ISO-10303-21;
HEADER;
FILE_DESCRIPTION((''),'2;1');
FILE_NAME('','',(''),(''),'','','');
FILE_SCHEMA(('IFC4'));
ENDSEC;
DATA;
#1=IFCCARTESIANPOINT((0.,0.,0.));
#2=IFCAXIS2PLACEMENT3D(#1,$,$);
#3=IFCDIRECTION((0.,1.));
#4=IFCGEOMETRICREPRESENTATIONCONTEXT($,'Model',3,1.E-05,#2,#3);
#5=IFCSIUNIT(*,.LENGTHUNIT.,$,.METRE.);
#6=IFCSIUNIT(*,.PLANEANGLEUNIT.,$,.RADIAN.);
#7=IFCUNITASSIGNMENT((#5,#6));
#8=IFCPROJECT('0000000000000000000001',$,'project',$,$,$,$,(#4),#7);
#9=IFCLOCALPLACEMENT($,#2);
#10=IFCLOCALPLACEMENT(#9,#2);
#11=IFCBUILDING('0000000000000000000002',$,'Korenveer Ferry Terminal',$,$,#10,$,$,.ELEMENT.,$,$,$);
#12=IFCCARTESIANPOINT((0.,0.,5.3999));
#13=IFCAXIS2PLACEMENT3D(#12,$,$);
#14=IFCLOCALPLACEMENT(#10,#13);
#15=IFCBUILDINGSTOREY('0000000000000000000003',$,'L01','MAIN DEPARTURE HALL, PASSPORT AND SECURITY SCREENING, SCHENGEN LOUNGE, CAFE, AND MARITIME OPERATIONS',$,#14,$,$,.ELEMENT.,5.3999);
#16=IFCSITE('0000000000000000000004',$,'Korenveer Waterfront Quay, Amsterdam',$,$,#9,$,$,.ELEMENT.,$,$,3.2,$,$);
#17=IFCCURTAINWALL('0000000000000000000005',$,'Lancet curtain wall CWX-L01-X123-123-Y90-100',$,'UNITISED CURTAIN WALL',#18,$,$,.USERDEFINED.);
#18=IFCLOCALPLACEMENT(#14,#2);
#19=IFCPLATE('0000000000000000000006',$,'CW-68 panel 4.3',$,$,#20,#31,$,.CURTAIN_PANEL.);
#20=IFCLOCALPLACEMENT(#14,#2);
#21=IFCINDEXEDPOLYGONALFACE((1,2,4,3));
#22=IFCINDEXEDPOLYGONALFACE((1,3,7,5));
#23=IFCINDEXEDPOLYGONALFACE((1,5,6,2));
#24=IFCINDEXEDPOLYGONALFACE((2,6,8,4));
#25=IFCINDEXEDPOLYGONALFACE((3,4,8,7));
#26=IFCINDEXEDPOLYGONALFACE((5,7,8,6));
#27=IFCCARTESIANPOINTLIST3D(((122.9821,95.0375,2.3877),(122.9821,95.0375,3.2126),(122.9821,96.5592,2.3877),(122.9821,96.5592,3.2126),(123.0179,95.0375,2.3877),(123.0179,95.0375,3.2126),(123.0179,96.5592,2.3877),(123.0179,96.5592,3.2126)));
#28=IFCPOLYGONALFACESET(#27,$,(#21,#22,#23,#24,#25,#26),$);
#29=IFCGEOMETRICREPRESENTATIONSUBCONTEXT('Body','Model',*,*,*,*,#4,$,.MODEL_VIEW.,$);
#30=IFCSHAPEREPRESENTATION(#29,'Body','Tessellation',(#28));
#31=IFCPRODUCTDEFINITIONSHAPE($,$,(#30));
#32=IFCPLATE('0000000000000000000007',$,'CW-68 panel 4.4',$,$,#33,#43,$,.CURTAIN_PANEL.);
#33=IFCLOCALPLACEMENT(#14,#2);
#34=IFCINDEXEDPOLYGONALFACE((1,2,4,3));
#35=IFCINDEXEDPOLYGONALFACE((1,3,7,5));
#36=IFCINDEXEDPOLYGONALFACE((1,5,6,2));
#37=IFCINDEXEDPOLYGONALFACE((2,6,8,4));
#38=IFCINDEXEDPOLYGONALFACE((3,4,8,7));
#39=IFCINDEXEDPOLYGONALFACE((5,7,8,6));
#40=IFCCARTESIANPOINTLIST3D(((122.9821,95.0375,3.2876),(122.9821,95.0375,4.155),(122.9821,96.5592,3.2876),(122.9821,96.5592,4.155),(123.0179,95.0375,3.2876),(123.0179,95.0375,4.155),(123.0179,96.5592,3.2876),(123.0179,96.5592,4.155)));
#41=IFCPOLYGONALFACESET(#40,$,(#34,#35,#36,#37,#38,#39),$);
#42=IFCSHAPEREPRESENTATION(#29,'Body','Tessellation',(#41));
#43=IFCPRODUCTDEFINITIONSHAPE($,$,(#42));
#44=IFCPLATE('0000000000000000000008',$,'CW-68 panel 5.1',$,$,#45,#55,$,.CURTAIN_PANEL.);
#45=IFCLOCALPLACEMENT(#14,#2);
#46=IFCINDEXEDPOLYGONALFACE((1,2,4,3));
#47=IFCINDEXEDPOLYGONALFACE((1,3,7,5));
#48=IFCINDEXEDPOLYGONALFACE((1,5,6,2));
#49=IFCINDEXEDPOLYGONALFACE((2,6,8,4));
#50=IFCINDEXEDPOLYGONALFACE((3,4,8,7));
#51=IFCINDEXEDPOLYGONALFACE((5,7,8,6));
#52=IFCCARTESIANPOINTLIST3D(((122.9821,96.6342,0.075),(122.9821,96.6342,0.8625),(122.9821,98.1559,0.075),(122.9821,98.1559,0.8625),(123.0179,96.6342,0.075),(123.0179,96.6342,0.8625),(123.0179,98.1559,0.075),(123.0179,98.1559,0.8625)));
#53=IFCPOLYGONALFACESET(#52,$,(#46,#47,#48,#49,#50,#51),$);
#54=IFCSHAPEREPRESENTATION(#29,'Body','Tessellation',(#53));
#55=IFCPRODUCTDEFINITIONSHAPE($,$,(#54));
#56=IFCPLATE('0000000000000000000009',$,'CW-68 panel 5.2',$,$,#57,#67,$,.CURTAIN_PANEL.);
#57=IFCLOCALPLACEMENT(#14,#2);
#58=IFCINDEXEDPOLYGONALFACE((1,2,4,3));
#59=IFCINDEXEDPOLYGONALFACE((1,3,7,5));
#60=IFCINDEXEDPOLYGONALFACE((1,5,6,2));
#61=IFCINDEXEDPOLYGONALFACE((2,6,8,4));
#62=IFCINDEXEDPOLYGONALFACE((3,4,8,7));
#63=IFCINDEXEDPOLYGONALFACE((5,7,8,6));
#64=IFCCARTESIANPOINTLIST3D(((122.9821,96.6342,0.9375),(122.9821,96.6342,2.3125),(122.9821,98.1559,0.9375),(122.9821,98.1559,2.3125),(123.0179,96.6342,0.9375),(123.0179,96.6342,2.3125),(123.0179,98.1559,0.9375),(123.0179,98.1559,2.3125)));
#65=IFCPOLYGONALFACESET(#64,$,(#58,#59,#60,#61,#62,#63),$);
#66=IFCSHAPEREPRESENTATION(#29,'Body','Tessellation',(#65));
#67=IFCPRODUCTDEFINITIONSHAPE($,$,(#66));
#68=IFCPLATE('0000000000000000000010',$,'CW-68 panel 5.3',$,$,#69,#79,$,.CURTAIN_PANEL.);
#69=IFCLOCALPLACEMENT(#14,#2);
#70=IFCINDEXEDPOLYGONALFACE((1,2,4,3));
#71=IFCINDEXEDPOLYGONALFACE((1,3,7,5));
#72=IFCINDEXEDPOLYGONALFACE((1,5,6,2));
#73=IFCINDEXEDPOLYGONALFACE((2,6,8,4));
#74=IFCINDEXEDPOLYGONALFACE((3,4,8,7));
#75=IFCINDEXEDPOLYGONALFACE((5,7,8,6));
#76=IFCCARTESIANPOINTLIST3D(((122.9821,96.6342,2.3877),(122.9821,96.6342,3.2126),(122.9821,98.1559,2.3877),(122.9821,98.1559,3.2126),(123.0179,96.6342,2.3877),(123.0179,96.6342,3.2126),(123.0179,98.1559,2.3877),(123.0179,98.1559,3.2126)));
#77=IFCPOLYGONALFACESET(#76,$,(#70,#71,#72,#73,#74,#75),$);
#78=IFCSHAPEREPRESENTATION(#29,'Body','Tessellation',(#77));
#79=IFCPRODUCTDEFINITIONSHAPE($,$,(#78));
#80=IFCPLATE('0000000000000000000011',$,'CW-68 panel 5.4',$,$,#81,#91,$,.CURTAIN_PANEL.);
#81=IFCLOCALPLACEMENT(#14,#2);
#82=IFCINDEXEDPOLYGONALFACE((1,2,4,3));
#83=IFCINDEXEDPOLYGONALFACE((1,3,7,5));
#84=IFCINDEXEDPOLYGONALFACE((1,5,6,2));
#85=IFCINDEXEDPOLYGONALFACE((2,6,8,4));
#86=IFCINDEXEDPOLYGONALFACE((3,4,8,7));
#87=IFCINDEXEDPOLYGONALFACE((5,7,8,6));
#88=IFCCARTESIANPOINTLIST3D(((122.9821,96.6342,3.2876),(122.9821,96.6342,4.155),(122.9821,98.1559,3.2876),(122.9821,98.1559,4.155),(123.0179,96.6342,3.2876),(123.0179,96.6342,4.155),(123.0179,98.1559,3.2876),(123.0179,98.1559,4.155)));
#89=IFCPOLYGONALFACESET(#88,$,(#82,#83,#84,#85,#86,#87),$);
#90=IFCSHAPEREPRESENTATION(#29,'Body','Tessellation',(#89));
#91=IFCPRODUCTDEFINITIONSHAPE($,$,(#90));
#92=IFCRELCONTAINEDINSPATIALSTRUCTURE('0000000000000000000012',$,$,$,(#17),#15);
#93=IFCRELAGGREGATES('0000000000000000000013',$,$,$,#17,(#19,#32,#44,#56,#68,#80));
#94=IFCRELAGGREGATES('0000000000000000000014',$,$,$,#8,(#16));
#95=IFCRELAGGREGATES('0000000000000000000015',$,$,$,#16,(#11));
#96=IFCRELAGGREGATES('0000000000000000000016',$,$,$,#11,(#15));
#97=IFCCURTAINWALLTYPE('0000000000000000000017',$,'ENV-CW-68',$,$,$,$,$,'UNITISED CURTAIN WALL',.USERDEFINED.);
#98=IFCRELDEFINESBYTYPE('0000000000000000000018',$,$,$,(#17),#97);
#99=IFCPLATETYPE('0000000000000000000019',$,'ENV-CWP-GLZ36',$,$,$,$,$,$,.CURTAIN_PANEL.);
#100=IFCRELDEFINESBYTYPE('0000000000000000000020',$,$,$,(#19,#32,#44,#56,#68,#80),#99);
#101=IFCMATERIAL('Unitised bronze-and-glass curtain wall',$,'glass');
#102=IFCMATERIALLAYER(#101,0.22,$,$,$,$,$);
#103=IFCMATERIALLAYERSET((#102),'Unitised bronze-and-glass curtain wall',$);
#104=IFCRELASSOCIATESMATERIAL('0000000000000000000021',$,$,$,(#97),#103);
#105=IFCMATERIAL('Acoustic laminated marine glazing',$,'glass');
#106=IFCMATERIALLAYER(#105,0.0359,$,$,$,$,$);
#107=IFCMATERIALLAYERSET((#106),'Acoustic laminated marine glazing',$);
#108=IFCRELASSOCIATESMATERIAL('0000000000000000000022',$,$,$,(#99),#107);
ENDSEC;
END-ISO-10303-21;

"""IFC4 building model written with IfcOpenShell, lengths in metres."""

from ifc_helpers import new_model, si_unit, direction, frame, origin, origin_2d, place, context, subcontext, project, spatial, rectangle, extrude, material, layer, layer_set, type_object, element, aggregate, save


model = new_model("IFC4")

# Units and contexts
model_context = context("Model", 3, precision=1e-05, world=origin(), true_north=direction((0.0, 1.0)))
body_context = subcontext(model_context, "Body", "Model", "MODEL_VIEW")
ifc_project = project(units=[si_unit("LENGTHUNIT", "METRE"), si_unit("PLANEANGLEUNIT", "RADIAN")], contexts=[model_context])

# Site, building, storey
site_placement = place(None, origin())
site = spatial("IfcSite", under=ifc_project, at=site_placement, Name="Korenveer Waterfront Quay, Amsterdam", CompositionType="ELEMENT", RefElevation=3.2)
building_placement = place(site_placement, origin())
building = spatial("IfcBuilding", under=site, at=building_placement, Name="Korenveer Ferry Terminal", CompositionType="ELEMENT")
storey_placement = place(building_placement, frame((0.0, 0.0, 5.3999)))
storey = spatial("IfcBuildingStorey", under=building, at=storey_placement, Name="L01", Description="MAIN DEPARTURE HALL, PASSPORT AND SECURITY SCREENING, SCHENGEN LOUNGE, CAFE, AND MARITIME OPERATIONS", CompositionType="ELEMENT", Elevation=5.3999)

# Curtain wall, plates
ifc_material_1 = material(Name="Unitised bronze-and-glass curtain wall", Category="glass")
ifc_layer_1 = layer(ifc_material_1, 0.22)
ifc_layer_set_1 = layer_set([ifc_layer_1], Name="Unitised bronze-and-glass curtain wall")
curtain_wall_type = type_object("IfcCurtainWallType", Name="ENV-CW-68", ElementType="UNITISED CURTAIN WALL", PredefinedType="USERDEFINED", material=ifc_layer_set_1)
curtain_wall_placement = place(storey_placement, frame((123.0, 90.21, 0.0)))
curtain_wall = element("IfcCurtainWall", 1, at=curtain_wall_placement, inside=storey, type_object=curtain_wall_type, Name="Lancet curtain wall CWX-L01-X123-123-Y90-100", ObjectType="UNITISED CURTAIN WALL", PredefinedType="USERDEFINED")
ifc_material_2 = material(Name="Acoustic laminated marine glazing", Category="glass")
ifc_layer_2 = layer(ifc_material_2, 0.0359)
ifc_layer_set_2 = layer_set([ifc_layer_2], Name="Acoustic laminated marine glazing")
plate_type = type_object("IfcPlateType", Name="ENV-CWP-GLZ36", PredefinedType="CURTAIN_PANEL", material=ifc_layer_set_2)
plate_1_placement = place(storey_placement, frame((123.0, 95.7983, 2.3877), z_axis=(0.0, 0.0, 1.0), x_axis=(0.0, 1.0, 0.0)))
plate_1 = element("IfcPlate", 2, at=plate_1_placement, type_object=plate_type, Name="CW-68 panel 4.3", PredefinedType="CURTAIN_PANEL", context=body_context, shape_type="SweptSolid", body=[
    extrude(rectangle(XDim=1.5217, YDim=0.0359, at=origin_2d()), origin(), (0.0, 0.0, 1.0), 0.825),
])
plate_2_placement = place(storey_placement, frame((123.0, 95.7983, 3.2876), z_axis=(0.0, 0.0, 1.0), x_axis=(0.0, 1.0, 0.0)))
plate_2 = element("IfcPlate", 3, at=plate_2_placement, type_object=plate_type, Name="CW-68 panel 4.4", PredefinedType="CURTAIN_PANEL", context=body_context, shape_type="SweptSolid", body=[
    extrude(rectangle(XDim=1.5217, YDim=0.0359, at=origin_2d()), origin(), (0.0, 0.0, 1.0), 0.8674),
])
plate_3_placement = place(storey_placement, frame((123.0, 97.395, 0.075), z_axis=(0.0, 0.0, 1.0), x_axis=(0.0, 1.0, 0.0)))
plate_3 = element("IfcPlate", 4, at=plate_3_placement, type_object=plate_type, Name="CW-68 panel 5.1", PredefinedType="CURTAIN_PANEL", context=body_context, shape_type="SweptSolid", body=[
    extrude(rectangle(XDim=1.5217, YDim=0.0359, at=origin_2d()), origin(), (0.0, 0.0, 1.0), 0.7876),
])
plate_4_placement = place(storey_placement, frame((123.0, 97.395, 0.9375), z_axis=(0.0, 0.0, 1.0), x_axis=(0.0, 1.0, 0.0)))
plate_4 = element("IfcPlate", 5, at=plate_4_placement, type_object=plate_type, Name="CW-68 panel 5.2", PredefinedType="CURTAIN_PANEL", context=body_context, shape_type="SweptSolid", body=[
    extrude(rectangle(XDim=1.5217, YDim=0.0359, at=origin_2d()), origin(), (0.0, 0.0, 1.0), 1.375),
])
plate_5_placement = place(storey_placement, frame((123.0, 97.395, 2.3877), z_axis=(0.0, 0.0, 1.0), x_axis=(0.0, 1.0, 0.0)))
plate_5 = element("IfcPlate", 6, at=plate_5_placement, type_object=plate_type, Name="CW-68 panel 5.3", PredefinedType="CURTAIN_PANEL", context=body_context, shape_type="SweptSolid", body=[
    extrude(rectangle(XDim=1.5217, YDim=0.0359, at=origin_2d()), origin(), (0.0, 0.0, 1.0), 0.825),
])
plate_6_placement = place(storey_placement, frame((123.0, 97.395, 3.2876), z_axis=(0.0, 0.0, 1.0), x_axis=(0.0, 1.0, 0.0)))
plate_6 = element("IfcPlate", 7, at=plate_6_placement, type_object=plate_type, Name="CW-68 panel 5.4", PredefinedType="CURTAIN_PANEL", context=body_context, shape_type="SweptSolid", body=[
    extrude(rectangle(XDim=1.5217, YDim=0.0359, at=origin_2d()), origin(), (0.0, 0.0, 1.0), 0.8674),
])
aggregate(curtain_wall, [plate_1, plate_2, plate_3, plate_4, plate_5, plate_6])

save(model, "model.ifc")
